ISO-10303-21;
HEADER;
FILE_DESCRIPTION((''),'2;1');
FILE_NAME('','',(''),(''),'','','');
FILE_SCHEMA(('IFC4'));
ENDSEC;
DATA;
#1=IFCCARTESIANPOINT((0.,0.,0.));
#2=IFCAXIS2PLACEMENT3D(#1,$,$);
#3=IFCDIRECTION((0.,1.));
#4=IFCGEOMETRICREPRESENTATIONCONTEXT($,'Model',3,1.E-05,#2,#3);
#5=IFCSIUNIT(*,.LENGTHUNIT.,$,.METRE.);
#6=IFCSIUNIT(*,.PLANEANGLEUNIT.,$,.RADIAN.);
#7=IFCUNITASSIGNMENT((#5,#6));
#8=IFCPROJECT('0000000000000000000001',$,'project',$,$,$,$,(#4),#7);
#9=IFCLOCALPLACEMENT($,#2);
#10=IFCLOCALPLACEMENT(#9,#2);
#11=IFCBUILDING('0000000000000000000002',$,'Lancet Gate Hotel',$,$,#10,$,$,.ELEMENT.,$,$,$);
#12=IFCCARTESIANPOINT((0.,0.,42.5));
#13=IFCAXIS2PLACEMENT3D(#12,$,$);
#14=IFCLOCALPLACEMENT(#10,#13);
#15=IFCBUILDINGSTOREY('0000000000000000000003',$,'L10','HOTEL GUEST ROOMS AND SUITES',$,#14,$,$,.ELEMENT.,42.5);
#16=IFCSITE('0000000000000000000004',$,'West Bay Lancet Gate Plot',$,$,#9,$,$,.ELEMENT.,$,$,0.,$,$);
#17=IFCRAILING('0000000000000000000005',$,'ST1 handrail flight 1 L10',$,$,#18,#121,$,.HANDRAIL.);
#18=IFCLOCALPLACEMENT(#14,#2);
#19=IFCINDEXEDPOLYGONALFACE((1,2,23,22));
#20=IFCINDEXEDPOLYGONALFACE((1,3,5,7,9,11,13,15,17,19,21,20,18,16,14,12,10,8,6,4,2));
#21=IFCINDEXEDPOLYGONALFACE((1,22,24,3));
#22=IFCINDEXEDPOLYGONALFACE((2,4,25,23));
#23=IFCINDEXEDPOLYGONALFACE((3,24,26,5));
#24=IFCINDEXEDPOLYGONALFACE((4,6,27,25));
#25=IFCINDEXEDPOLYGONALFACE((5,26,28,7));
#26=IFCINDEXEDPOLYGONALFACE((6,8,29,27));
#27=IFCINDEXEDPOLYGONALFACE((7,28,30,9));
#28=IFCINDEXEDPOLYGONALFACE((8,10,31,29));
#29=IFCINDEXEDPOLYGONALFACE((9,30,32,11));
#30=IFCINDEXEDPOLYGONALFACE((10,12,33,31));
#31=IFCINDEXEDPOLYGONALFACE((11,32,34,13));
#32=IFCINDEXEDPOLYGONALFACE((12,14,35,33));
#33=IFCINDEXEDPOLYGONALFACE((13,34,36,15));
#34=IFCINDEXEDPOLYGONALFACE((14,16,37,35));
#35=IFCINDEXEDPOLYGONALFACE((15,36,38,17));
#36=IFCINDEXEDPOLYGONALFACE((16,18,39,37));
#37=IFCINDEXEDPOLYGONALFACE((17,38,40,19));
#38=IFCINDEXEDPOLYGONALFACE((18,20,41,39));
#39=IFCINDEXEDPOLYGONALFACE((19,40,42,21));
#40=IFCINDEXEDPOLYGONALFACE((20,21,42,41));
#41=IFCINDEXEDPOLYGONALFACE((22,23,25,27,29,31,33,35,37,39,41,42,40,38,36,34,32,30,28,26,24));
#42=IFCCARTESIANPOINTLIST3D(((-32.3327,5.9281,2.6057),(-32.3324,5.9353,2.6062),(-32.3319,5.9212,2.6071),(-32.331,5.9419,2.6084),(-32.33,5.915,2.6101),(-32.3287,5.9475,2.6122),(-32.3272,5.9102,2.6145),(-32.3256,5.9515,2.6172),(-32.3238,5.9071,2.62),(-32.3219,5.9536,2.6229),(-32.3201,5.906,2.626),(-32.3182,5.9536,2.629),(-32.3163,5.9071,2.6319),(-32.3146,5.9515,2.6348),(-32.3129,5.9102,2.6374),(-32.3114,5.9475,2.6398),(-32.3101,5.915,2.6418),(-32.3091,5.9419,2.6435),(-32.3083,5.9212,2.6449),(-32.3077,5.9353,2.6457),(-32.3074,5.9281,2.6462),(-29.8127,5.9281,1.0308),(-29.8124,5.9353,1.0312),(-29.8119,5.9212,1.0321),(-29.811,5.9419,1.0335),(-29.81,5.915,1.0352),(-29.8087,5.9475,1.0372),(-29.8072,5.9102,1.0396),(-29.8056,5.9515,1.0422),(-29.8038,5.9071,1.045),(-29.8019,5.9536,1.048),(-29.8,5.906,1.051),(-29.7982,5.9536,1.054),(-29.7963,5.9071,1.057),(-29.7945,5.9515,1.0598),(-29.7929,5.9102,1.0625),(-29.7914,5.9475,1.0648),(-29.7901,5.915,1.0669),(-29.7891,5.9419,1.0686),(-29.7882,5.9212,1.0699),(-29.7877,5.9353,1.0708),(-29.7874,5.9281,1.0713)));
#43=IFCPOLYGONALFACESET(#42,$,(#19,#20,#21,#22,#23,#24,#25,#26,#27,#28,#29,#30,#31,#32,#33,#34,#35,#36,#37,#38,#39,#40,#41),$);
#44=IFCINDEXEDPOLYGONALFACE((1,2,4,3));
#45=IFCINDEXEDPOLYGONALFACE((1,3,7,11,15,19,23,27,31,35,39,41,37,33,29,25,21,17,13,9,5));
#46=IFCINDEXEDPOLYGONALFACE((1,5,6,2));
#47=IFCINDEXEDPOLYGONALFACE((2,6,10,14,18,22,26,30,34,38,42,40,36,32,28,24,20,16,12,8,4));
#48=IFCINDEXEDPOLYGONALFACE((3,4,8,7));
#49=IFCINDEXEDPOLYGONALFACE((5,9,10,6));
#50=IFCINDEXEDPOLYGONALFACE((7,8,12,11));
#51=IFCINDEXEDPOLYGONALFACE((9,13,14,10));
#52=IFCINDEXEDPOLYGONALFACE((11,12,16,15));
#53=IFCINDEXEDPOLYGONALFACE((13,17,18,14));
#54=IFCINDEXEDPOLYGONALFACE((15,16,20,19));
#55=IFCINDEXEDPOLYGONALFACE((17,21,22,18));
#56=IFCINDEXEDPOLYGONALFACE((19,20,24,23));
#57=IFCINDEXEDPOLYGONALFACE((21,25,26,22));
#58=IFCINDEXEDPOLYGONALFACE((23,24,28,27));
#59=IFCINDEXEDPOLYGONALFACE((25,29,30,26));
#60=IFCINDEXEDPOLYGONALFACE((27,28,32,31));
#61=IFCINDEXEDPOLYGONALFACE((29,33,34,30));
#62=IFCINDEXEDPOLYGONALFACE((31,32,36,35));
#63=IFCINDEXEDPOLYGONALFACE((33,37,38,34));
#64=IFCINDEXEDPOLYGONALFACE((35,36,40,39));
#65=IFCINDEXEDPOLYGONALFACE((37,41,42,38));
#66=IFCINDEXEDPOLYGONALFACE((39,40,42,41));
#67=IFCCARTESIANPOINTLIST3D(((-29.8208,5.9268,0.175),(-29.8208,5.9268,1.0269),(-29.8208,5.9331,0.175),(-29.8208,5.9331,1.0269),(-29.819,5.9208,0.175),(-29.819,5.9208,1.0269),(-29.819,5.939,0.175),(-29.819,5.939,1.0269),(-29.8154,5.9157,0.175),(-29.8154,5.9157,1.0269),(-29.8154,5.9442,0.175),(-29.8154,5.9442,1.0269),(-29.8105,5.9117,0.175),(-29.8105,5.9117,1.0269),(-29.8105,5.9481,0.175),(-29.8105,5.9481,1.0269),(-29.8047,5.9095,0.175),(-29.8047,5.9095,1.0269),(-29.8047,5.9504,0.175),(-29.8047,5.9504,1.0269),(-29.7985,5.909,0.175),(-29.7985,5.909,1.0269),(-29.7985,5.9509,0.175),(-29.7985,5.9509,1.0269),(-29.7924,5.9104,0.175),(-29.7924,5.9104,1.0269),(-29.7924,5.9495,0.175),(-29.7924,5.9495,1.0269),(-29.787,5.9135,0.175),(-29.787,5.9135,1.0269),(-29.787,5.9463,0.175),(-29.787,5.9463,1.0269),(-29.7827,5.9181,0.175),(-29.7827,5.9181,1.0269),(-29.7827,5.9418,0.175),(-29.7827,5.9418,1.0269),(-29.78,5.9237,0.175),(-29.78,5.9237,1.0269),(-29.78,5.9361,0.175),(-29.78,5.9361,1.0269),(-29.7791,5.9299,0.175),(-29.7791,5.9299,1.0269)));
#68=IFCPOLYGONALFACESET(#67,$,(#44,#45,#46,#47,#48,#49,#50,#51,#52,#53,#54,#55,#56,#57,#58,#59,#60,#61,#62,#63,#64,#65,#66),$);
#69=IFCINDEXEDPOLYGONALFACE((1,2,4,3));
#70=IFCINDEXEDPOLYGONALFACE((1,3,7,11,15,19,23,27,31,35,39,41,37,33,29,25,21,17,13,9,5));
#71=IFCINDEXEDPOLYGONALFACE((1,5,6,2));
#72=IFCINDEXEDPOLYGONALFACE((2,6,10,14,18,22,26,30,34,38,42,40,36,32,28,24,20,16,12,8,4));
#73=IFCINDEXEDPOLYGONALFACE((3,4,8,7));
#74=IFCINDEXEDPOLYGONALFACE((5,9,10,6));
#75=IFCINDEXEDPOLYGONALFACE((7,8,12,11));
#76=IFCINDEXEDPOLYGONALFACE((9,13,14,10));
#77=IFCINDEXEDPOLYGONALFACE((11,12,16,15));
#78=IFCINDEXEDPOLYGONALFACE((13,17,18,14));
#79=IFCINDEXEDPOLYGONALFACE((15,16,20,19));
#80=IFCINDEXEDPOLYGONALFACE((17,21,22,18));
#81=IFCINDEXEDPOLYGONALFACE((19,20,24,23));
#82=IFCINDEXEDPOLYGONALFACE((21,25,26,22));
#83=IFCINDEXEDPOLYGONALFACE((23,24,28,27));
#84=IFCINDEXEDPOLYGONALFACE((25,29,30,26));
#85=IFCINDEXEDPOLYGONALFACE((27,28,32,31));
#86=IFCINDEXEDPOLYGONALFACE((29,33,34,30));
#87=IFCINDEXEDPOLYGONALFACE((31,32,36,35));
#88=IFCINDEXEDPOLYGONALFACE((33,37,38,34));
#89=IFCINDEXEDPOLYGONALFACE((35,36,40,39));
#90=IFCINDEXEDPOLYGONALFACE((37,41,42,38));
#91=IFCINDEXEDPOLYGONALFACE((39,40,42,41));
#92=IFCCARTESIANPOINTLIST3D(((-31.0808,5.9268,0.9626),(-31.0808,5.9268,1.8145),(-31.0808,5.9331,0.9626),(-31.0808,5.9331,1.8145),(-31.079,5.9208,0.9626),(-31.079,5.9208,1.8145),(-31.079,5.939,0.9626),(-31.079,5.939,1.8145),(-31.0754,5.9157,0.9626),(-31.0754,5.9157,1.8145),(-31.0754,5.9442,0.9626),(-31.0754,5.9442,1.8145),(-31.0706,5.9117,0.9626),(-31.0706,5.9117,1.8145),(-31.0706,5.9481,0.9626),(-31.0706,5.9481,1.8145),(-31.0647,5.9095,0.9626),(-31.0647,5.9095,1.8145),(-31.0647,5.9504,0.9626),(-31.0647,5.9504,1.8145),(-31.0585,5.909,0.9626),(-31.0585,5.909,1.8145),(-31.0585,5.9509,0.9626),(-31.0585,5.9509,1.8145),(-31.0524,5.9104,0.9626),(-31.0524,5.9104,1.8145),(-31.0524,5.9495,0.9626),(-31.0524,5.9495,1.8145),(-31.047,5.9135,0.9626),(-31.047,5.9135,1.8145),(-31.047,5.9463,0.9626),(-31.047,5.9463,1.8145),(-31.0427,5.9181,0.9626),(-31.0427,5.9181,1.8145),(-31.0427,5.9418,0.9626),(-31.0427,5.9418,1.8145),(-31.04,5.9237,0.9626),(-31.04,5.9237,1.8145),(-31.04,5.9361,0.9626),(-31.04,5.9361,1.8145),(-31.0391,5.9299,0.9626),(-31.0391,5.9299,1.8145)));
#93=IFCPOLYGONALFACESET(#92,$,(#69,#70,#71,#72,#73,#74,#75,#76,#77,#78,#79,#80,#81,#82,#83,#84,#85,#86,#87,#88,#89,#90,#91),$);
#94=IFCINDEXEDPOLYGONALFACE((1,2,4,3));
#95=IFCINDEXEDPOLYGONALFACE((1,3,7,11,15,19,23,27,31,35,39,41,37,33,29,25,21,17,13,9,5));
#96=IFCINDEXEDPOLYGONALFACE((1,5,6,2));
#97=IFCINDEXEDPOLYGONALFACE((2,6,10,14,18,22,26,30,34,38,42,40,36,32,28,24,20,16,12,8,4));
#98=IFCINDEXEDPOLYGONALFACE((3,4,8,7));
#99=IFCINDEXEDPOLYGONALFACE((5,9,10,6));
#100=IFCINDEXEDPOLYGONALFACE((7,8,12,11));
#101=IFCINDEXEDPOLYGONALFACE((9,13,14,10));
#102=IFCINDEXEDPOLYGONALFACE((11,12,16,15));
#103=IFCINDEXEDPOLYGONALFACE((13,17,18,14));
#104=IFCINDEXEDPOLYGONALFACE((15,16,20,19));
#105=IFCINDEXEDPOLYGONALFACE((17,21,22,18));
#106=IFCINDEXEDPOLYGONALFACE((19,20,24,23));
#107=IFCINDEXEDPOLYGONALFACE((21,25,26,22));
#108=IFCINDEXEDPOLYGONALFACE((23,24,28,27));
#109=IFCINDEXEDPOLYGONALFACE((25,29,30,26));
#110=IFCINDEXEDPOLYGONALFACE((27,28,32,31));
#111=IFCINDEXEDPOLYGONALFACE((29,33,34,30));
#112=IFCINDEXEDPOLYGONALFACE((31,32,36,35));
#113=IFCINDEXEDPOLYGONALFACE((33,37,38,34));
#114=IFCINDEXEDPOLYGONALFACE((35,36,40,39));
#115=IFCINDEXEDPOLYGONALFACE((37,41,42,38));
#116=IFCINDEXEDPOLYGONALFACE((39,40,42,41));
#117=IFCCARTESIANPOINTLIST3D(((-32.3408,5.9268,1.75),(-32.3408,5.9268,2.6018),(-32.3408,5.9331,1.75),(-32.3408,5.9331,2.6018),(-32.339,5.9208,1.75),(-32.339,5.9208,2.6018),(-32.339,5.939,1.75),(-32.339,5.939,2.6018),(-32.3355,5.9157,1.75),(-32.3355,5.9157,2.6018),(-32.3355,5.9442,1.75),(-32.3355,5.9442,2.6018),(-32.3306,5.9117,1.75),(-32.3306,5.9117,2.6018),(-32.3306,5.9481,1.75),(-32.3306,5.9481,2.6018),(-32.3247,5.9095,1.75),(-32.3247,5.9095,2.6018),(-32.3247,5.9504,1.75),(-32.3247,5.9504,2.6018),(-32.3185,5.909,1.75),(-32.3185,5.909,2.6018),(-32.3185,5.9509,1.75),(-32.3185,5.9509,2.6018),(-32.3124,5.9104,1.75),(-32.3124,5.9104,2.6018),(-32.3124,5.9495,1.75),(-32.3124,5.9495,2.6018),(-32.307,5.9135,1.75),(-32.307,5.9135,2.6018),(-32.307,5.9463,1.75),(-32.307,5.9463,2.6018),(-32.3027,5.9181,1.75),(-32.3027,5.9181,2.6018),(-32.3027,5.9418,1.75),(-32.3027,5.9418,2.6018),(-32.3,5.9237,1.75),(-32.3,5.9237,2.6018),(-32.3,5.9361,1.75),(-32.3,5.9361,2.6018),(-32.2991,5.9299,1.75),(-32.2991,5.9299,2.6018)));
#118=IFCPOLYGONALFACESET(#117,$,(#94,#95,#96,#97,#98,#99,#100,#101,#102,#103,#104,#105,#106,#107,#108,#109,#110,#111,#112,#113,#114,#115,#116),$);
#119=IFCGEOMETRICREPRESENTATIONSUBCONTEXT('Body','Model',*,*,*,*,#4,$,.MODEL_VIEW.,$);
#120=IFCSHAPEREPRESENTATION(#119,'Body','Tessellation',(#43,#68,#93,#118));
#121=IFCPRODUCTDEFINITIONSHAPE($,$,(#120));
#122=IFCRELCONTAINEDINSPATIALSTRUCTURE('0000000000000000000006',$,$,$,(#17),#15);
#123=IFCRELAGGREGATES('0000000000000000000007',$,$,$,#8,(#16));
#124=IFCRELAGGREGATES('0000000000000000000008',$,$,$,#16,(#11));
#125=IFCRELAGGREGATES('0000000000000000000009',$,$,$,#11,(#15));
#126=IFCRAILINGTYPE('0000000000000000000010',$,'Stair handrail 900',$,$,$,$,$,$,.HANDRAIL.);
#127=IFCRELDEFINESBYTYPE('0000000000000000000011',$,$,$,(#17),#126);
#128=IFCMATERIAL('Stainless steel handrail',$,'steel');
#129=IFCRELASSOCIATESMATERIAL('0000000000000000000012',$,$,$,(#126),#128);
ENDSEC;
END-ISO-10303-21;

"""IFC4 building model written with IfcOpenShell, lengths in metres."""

from ifc_helpers import new_model, si_unit, direction, frame, origin, origin_2d, place, context, subcontext, project, spatial, circle, extrude, material, type_object, element, save


model = new_model("IFC4")

# Units and contexts
model_context = context("Model", 3, precision=1e-05, world=origin(), true_north=direction((0.0, 1.0)))
body_context = subcontext(model_context, "Body", "Model", "MODEL_VIEW")
ifc_project = project(units=[si_unit("LENGTHUNIT", "METRE"), si_unit("PLANEANGLEUNIT", "RADIAN")], contexts=[model_context])

# Site, building, storey
site_placement = place(None, origin())
site = spatial("IfcSite", under=ifc_project, at=site_placement, Name="West Bay Lancet Gate Plot", CompositionType="ELEMENT", RefElevation=0.0)
building_placement = place(site_placement, origin())
building = spatial("IfcBuilding", under=site, at=building_placement, Name="Lancet Gate Hotel", CompositionType="ELEMENT")
storey_placement = place(building_placement, frame((0.0, 0.0, 42.5)))
storey = spatial("IfcBuildingStorey", under=building, at=storey_placement, Name="L10", Description="HOTEL GUEST ROOMS AND SUITES", CompositionType="ELEMENT", Elevation=42.5)

# Railing
ifc_material_1 = material(Name="Stainless steel handrail", Category="steel")
railing_type = type_object("IfcRailingType", Name="Stair handrail 900", PredefinedType="HANDRAIL", material=ifc_material_1)
railing_1_placement = place(storey_placement, frame((-29.8, 5.9299, 0.175)))
element("IfcRailing", 1, at=railing_1_placement, inside=storey, type_object=railing_type, Name="ST1 handrail flight 1 L10", PredefinedType="HANDRAIL", context=body_context, shape_type="SweptSolid", body=[
    extrude(circle(Radius=0.0239, at=origin_2d()), frame((0.0, 0.0, 0.876), z_axis=(-0.848008, 0.0, 0.529984), x_axis=(0.0, -1.0, 0.0)), (0.0, 0.0, 1.0), 2.9717),
    extrude(circle(Radius=0.021, at=origin_2d()), origin(), (0.0, 0.0, 1.0), 0.8518),
    extrude(circle(Radius=0.021, at=origin_2d()), frame((-1.26, 0.0, 0.7876)), (0.0, 0.0, 1.0), 0.8518),
    extrude(circle(Radius=0.021, at=origin_2d()), frame((-2.52, 0.0, 1.575)), (0.0, 0.0, 1.0), 0.8518),
])

save(model, "model.ifc")
